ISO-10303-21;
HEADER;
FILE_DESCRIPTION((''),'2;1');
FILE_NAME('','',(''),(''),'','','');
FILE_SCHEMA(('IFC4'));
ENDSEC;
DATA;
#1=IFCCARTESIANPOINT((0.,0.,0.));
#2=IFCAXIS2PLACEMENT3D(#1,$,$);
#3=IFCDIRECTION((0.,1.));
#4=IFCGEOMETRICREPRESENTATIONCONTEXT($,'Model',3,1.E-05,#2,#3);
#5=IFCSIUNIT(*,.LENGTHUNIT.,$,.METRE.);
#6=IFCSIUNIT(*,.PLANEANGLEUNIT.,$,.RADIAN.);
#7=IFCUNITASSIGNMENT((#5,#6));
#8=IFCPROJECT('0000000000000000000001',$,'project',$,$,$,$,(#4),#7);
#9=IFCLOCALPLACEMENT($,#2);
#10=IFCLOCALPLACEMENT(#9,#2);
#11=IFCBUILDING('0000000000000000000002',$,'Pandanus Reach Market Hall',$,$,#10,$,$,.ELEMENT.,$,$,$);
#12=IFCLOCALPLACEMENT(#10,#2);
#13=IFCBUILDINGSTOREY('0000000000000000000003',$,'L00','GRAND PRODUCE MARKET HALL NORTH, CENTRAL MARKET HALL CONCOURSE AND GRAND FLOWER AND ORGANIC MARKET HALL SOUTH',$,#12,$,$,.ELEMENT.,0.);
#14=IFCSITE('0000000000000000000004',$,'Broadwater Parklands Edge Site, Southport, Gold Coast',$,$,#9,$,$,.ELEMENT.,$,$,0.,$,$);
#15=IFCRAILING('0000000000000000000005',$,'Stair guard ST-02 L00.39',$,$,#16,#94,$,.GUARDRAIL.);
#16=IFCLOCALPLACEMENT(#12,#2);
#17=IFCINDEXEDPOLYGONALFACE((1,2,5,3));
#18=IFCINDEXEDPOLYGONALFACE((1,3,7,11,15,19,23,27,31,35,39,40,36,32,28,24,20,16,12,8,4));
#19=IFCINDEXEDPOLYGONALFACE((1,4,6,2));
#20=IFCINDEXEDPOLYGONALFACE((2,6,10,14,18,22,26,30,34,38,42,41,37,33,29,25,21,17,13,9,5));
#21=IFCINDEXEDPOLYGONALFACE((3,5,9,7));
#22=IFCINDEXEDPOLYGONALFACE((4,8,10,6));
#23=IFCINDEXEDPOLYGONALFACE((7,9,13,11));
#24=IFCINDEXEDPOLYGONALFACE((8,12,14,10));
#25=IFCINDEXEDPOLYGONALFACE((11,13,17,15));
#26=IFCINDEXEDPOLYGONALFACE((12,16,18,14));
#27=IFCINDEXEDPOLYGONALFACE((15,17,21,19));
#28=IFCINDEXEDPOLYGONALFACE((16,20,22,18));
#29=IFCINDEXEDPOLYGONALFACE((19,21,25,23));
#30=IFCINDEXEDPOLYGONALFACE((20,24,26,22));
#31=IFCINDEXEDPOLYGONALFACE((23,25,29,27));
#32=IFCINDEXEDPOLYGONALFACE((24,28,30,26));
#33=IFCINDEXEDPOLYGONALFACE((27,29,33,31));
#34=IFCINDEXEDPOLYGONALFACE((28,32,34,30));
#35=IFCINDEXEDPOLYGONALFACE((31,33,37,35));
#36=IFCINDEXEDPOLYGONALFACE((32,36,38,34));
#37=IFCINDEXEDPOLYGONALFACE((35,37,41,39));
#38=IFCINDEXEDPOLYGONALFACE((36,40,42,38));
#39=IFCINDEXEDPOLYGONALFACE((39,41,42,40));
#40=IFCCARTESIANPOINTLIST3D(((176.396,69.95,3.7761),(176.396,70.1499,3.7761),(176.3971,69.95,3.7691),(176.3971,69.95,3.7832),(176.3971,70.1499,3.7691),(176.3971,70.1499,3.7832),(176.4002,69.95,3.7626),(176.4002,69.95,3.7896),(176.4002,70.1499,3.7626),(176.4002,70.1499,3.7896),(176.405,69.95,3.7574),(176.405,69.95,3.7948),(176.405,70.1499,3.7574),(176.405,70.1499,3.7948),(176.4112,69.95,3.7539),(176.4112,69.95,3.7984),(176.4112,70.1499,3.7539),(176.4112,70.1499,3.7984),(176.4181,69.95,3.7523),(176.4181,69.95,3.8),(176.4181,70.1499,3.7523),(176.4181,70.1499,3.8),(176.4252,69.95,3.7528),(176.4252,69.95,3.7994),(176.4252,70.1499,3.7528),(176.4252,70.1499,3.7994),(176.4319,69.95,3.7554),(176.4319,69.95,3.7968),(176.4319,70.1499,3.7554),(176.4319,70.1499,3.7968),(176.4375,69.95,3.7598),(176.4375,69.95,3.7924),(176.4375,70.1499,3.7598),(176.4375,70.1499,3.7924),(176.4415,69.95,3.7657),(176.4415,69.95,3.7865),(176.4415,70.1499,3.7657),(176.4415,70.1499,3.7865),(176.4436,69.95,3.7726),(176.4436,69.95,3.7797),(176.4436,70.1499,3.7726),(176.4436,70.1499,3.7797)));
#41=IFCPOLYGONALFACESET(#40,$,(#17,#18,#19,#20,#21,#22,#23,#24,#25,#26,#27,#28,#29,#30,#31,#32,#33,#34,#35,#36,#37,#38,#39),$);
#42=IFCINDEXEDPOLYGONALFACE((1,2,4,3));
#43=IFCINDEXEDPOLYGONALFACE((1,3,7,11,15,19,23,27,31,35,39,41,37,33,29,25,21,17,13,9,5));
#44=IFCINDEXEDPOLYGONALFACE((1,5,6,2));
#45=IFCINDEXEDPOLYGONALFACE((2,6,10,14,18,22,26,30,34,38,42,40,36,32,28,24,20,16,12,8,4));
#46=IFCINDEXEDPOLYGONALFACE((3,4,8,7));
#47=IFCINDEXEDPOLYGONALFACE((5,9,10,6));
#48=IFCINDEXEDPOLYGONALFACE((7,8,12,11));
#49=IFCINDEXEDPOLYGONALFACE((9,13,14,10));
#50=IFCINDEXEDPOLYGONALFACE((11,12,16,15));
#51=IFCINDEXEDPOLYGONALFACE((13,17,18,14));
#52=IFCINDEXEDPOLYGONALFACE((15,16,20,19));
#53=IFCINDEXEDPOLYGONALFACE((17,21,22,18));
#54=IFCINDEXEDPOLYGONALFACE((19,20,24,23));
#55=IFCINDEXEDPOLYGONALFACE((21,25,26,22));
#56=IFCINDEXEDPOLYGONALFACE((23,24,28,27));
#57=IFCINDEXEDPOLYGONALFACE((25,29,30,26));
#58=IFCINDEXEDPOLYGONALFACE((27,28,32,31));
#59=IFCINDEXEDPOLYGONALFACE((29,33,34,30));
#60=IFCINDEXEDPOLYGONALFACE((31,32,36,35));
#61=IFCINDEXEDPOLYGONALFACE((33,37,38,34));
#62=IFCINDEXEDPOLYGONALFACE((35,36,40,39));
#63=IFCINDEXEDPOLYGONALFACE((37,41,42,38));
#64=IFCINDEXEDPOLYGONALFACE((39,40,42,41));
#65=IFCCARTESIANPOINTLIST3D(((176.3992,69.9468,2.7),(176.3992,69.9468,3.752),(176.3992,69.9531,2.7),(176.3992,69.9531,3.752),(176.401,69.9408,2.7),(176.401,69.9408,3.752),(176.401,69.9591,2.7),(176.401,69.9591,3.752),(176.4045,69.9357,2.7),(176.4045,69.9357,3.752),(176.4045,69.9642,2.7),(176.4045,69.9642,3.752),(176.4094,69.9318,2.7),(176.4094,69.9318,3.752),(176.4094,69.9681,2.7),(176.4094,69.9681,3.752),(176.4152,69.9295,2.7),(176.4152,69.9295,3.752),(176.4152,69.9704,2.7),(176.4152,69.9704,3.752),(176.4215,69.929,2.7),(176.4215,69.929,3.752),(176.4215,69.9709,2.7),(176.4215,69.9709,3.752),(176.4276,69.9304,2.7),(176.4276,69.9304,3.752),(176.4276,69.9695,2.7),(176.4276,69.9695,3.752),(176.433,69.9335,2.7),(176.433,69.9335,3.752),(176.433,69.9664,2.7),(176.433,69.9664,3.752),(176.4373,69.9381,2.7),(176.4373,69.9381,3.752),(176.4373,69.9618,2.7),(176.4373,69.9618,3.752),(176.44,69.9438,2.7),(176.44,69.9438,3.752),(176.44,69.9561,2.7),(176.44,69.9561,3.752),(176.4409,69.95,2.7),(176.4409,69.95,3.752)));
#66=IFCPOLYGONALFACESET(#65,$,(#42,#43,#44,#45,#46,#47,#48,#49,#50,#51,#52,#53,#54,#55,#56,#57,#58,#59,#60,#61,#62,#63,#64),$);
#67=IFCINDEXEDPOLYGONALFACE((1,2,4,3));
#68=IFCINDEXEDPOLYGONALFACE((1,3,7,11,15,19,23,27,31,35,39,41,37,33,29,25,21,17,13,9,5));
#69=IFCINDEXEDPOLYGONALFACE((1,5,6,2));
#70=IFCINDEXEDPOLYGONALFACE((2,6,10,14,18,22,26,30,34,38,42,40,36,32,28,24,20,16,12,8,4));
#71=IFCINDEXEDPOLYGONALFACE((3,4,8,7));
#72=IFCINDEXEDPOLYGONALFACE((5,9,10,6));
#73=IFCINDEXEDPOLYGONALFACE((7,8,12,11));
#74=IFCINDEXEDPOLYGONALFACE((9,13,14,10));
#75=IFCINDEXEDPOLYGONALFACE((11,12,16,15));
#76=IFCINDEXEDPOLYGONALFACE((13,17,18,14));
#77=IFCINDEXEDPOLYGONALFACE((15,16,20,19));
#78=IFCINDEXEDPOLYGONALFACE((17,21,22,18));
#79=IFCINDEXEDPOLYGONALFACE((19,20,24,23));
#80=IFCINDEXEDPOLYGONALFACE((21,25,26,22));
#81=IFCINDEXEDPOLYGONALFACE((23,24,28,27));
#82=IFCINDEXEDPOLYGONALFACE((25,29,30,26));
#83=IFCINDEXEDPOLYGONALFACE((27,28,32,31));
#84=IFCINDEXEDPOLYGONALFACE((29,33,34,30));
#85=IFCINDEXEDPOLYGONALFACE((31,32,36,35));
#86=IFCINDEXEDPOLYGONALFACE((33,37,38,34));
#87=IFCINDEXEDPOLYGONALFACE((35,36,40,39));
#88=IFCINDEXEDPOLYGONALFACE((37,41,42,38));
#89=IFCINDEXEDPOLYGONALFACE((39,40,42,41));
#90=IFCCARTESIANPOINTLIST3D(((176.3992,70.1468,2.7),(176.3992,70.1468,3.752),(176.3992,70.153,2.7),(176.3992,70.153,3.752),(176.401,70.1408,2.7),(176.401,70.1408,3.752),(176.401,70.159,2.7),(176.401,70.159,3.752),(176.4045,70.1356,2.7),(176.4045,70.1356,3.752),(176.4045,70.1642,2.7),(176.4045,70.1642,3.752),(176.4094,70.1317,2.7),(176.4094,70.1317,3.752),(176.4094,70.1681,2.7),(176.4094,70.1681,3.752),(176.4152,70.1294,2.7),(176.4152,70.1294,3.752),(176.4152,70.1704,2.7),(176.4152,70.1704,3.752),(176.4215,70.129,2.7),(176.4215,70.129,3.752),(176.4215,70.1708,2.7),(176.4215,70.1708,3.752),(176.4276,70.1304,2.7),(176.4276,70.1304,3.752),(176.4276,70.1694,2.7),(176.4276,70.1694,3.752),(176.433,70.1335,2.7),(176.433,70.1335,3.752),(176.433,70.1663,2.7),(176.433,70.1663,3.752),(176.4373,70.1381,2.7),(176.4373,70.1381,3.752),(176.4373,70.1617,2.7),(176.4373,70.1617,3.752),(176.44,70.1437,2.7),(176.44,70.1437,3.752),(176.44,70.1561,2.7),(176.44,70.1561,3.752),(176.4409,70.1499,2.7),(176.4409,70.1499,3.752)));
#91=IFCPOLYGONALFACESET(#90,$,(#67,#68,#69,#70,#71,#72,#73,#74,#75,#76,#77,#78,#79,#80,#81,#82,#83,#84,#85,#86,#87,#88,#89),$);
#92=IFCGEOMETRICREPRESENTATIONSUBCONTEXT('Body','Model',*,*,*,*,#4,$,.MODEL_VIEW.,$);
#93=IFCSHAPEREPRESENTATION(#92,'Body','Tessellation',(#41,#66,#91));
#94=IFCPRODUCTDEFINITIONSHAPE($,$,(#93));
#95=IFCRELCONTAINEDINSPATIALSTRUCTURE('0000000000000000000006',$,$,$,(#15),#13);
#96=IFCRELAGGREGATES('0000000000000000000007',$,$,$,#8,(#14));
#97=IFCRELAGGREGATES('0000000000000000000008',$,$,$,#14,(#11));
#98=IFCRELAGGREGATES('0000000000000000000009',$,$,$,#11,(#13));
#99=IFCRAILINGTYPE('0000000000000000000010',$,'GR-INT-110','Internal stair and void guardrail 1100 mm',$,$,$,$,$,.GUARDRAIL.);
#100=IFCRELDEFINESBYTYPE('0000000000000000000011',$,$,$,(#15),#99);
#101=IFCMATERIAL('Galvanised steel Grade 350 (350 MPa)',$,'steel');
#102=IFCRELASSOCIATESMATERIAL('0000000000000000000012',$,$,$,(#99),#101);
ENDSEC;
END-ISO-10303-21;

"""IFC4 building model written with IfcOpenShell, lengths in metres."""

from ifc_helpers import new_model, si_unit, direction, frame, origin, origin_2d, place, context, subcontext, project, spatial, circle, extrude, material, type_object, element, save


model = new_model("IFC4")

# Units and contexts
model_context = context("Model", 3, precision=1e-05, world=origin(), true_north=direction((0.0, 1.0)))
body_context = subcontext(model_context, "Body", "Model", "MODEL_VIEW")
ifc_project = project(units=[si_unit("LENGTHUNIT", "METRE"), si_unit("PLANEANGLEUNIT", "RADIAN")], contexts=[model_context])

# Site, building, storey
site_placement = place(None, origin())
site = spatial("IfcSite", under=ifc_project, at=site_placement, Name="Broadwater Parklands Edge Site, Southport, Gold Coast", CompositionType="ELEMENT", RefElevation=0.0)
building_placement = place(site_placement, origin())
building = spatial("IfcBuilding", under=site, at=building_placement, Name="Pandanus Reach Market Hall", CompositionType="ELEMENT")
storey_placement = place(building_placement, origin())
storey = spatial("IfcBuildingStorey", under=building, at=storey_placement, Name="L00", Description="GRAND PRODUCE MARKET HALL NORTH, CENTRAL MARKET HALL CONCOURSE AND GRAND FLOWER AND ORGANIC MARKET HALL SOUTH", CompositionType="ELEMENT", Elevation=0.0)

# Railing
ifc_material_1 = material(Name="Galvanised steel Grade 350 (350 MPa)", Category="steel")
railing_type_1 = type_object("IfcRailingType", Name="GR-INT-110", Description="Internal stair and void guardrail 1100 mm", PredefinedType="GUARDRAIL", material=ifc_material_1)
railing_1_placement = place(storey_placement, frame((176.4199, 69.95, 2.7)))
element("IfcRailing", 1, at=railing_1_placement, inside=storey, type_object=railing_type_1, Name="Stair guard ST-02 L00.39", PredefinedType="GUARDRAIL", context=body_context, shape_type="SweptSolid", body=[
    extrude(circle(Radius=0.0239, at=origin_2d()), frame((0.0, 0.0, 1.0762), z_axis=(0.0, 1.0, 0.0), x_axis=(-1.0, 0.0, 0.0)), (0.0, 0.0, 1.0), 0.2),
    extrude(circle(Radius=0.021, at=origin_2d()), origin(), (0.0, 0.0, 1.0), 1.052),
    extrude(circle(Radius=0.021, at=origin_2d()), frame((0.0, 0.2, 0.0)), (0.0, 0.0, 1.0), 1.052),
])

save(model, "model.ifc")
